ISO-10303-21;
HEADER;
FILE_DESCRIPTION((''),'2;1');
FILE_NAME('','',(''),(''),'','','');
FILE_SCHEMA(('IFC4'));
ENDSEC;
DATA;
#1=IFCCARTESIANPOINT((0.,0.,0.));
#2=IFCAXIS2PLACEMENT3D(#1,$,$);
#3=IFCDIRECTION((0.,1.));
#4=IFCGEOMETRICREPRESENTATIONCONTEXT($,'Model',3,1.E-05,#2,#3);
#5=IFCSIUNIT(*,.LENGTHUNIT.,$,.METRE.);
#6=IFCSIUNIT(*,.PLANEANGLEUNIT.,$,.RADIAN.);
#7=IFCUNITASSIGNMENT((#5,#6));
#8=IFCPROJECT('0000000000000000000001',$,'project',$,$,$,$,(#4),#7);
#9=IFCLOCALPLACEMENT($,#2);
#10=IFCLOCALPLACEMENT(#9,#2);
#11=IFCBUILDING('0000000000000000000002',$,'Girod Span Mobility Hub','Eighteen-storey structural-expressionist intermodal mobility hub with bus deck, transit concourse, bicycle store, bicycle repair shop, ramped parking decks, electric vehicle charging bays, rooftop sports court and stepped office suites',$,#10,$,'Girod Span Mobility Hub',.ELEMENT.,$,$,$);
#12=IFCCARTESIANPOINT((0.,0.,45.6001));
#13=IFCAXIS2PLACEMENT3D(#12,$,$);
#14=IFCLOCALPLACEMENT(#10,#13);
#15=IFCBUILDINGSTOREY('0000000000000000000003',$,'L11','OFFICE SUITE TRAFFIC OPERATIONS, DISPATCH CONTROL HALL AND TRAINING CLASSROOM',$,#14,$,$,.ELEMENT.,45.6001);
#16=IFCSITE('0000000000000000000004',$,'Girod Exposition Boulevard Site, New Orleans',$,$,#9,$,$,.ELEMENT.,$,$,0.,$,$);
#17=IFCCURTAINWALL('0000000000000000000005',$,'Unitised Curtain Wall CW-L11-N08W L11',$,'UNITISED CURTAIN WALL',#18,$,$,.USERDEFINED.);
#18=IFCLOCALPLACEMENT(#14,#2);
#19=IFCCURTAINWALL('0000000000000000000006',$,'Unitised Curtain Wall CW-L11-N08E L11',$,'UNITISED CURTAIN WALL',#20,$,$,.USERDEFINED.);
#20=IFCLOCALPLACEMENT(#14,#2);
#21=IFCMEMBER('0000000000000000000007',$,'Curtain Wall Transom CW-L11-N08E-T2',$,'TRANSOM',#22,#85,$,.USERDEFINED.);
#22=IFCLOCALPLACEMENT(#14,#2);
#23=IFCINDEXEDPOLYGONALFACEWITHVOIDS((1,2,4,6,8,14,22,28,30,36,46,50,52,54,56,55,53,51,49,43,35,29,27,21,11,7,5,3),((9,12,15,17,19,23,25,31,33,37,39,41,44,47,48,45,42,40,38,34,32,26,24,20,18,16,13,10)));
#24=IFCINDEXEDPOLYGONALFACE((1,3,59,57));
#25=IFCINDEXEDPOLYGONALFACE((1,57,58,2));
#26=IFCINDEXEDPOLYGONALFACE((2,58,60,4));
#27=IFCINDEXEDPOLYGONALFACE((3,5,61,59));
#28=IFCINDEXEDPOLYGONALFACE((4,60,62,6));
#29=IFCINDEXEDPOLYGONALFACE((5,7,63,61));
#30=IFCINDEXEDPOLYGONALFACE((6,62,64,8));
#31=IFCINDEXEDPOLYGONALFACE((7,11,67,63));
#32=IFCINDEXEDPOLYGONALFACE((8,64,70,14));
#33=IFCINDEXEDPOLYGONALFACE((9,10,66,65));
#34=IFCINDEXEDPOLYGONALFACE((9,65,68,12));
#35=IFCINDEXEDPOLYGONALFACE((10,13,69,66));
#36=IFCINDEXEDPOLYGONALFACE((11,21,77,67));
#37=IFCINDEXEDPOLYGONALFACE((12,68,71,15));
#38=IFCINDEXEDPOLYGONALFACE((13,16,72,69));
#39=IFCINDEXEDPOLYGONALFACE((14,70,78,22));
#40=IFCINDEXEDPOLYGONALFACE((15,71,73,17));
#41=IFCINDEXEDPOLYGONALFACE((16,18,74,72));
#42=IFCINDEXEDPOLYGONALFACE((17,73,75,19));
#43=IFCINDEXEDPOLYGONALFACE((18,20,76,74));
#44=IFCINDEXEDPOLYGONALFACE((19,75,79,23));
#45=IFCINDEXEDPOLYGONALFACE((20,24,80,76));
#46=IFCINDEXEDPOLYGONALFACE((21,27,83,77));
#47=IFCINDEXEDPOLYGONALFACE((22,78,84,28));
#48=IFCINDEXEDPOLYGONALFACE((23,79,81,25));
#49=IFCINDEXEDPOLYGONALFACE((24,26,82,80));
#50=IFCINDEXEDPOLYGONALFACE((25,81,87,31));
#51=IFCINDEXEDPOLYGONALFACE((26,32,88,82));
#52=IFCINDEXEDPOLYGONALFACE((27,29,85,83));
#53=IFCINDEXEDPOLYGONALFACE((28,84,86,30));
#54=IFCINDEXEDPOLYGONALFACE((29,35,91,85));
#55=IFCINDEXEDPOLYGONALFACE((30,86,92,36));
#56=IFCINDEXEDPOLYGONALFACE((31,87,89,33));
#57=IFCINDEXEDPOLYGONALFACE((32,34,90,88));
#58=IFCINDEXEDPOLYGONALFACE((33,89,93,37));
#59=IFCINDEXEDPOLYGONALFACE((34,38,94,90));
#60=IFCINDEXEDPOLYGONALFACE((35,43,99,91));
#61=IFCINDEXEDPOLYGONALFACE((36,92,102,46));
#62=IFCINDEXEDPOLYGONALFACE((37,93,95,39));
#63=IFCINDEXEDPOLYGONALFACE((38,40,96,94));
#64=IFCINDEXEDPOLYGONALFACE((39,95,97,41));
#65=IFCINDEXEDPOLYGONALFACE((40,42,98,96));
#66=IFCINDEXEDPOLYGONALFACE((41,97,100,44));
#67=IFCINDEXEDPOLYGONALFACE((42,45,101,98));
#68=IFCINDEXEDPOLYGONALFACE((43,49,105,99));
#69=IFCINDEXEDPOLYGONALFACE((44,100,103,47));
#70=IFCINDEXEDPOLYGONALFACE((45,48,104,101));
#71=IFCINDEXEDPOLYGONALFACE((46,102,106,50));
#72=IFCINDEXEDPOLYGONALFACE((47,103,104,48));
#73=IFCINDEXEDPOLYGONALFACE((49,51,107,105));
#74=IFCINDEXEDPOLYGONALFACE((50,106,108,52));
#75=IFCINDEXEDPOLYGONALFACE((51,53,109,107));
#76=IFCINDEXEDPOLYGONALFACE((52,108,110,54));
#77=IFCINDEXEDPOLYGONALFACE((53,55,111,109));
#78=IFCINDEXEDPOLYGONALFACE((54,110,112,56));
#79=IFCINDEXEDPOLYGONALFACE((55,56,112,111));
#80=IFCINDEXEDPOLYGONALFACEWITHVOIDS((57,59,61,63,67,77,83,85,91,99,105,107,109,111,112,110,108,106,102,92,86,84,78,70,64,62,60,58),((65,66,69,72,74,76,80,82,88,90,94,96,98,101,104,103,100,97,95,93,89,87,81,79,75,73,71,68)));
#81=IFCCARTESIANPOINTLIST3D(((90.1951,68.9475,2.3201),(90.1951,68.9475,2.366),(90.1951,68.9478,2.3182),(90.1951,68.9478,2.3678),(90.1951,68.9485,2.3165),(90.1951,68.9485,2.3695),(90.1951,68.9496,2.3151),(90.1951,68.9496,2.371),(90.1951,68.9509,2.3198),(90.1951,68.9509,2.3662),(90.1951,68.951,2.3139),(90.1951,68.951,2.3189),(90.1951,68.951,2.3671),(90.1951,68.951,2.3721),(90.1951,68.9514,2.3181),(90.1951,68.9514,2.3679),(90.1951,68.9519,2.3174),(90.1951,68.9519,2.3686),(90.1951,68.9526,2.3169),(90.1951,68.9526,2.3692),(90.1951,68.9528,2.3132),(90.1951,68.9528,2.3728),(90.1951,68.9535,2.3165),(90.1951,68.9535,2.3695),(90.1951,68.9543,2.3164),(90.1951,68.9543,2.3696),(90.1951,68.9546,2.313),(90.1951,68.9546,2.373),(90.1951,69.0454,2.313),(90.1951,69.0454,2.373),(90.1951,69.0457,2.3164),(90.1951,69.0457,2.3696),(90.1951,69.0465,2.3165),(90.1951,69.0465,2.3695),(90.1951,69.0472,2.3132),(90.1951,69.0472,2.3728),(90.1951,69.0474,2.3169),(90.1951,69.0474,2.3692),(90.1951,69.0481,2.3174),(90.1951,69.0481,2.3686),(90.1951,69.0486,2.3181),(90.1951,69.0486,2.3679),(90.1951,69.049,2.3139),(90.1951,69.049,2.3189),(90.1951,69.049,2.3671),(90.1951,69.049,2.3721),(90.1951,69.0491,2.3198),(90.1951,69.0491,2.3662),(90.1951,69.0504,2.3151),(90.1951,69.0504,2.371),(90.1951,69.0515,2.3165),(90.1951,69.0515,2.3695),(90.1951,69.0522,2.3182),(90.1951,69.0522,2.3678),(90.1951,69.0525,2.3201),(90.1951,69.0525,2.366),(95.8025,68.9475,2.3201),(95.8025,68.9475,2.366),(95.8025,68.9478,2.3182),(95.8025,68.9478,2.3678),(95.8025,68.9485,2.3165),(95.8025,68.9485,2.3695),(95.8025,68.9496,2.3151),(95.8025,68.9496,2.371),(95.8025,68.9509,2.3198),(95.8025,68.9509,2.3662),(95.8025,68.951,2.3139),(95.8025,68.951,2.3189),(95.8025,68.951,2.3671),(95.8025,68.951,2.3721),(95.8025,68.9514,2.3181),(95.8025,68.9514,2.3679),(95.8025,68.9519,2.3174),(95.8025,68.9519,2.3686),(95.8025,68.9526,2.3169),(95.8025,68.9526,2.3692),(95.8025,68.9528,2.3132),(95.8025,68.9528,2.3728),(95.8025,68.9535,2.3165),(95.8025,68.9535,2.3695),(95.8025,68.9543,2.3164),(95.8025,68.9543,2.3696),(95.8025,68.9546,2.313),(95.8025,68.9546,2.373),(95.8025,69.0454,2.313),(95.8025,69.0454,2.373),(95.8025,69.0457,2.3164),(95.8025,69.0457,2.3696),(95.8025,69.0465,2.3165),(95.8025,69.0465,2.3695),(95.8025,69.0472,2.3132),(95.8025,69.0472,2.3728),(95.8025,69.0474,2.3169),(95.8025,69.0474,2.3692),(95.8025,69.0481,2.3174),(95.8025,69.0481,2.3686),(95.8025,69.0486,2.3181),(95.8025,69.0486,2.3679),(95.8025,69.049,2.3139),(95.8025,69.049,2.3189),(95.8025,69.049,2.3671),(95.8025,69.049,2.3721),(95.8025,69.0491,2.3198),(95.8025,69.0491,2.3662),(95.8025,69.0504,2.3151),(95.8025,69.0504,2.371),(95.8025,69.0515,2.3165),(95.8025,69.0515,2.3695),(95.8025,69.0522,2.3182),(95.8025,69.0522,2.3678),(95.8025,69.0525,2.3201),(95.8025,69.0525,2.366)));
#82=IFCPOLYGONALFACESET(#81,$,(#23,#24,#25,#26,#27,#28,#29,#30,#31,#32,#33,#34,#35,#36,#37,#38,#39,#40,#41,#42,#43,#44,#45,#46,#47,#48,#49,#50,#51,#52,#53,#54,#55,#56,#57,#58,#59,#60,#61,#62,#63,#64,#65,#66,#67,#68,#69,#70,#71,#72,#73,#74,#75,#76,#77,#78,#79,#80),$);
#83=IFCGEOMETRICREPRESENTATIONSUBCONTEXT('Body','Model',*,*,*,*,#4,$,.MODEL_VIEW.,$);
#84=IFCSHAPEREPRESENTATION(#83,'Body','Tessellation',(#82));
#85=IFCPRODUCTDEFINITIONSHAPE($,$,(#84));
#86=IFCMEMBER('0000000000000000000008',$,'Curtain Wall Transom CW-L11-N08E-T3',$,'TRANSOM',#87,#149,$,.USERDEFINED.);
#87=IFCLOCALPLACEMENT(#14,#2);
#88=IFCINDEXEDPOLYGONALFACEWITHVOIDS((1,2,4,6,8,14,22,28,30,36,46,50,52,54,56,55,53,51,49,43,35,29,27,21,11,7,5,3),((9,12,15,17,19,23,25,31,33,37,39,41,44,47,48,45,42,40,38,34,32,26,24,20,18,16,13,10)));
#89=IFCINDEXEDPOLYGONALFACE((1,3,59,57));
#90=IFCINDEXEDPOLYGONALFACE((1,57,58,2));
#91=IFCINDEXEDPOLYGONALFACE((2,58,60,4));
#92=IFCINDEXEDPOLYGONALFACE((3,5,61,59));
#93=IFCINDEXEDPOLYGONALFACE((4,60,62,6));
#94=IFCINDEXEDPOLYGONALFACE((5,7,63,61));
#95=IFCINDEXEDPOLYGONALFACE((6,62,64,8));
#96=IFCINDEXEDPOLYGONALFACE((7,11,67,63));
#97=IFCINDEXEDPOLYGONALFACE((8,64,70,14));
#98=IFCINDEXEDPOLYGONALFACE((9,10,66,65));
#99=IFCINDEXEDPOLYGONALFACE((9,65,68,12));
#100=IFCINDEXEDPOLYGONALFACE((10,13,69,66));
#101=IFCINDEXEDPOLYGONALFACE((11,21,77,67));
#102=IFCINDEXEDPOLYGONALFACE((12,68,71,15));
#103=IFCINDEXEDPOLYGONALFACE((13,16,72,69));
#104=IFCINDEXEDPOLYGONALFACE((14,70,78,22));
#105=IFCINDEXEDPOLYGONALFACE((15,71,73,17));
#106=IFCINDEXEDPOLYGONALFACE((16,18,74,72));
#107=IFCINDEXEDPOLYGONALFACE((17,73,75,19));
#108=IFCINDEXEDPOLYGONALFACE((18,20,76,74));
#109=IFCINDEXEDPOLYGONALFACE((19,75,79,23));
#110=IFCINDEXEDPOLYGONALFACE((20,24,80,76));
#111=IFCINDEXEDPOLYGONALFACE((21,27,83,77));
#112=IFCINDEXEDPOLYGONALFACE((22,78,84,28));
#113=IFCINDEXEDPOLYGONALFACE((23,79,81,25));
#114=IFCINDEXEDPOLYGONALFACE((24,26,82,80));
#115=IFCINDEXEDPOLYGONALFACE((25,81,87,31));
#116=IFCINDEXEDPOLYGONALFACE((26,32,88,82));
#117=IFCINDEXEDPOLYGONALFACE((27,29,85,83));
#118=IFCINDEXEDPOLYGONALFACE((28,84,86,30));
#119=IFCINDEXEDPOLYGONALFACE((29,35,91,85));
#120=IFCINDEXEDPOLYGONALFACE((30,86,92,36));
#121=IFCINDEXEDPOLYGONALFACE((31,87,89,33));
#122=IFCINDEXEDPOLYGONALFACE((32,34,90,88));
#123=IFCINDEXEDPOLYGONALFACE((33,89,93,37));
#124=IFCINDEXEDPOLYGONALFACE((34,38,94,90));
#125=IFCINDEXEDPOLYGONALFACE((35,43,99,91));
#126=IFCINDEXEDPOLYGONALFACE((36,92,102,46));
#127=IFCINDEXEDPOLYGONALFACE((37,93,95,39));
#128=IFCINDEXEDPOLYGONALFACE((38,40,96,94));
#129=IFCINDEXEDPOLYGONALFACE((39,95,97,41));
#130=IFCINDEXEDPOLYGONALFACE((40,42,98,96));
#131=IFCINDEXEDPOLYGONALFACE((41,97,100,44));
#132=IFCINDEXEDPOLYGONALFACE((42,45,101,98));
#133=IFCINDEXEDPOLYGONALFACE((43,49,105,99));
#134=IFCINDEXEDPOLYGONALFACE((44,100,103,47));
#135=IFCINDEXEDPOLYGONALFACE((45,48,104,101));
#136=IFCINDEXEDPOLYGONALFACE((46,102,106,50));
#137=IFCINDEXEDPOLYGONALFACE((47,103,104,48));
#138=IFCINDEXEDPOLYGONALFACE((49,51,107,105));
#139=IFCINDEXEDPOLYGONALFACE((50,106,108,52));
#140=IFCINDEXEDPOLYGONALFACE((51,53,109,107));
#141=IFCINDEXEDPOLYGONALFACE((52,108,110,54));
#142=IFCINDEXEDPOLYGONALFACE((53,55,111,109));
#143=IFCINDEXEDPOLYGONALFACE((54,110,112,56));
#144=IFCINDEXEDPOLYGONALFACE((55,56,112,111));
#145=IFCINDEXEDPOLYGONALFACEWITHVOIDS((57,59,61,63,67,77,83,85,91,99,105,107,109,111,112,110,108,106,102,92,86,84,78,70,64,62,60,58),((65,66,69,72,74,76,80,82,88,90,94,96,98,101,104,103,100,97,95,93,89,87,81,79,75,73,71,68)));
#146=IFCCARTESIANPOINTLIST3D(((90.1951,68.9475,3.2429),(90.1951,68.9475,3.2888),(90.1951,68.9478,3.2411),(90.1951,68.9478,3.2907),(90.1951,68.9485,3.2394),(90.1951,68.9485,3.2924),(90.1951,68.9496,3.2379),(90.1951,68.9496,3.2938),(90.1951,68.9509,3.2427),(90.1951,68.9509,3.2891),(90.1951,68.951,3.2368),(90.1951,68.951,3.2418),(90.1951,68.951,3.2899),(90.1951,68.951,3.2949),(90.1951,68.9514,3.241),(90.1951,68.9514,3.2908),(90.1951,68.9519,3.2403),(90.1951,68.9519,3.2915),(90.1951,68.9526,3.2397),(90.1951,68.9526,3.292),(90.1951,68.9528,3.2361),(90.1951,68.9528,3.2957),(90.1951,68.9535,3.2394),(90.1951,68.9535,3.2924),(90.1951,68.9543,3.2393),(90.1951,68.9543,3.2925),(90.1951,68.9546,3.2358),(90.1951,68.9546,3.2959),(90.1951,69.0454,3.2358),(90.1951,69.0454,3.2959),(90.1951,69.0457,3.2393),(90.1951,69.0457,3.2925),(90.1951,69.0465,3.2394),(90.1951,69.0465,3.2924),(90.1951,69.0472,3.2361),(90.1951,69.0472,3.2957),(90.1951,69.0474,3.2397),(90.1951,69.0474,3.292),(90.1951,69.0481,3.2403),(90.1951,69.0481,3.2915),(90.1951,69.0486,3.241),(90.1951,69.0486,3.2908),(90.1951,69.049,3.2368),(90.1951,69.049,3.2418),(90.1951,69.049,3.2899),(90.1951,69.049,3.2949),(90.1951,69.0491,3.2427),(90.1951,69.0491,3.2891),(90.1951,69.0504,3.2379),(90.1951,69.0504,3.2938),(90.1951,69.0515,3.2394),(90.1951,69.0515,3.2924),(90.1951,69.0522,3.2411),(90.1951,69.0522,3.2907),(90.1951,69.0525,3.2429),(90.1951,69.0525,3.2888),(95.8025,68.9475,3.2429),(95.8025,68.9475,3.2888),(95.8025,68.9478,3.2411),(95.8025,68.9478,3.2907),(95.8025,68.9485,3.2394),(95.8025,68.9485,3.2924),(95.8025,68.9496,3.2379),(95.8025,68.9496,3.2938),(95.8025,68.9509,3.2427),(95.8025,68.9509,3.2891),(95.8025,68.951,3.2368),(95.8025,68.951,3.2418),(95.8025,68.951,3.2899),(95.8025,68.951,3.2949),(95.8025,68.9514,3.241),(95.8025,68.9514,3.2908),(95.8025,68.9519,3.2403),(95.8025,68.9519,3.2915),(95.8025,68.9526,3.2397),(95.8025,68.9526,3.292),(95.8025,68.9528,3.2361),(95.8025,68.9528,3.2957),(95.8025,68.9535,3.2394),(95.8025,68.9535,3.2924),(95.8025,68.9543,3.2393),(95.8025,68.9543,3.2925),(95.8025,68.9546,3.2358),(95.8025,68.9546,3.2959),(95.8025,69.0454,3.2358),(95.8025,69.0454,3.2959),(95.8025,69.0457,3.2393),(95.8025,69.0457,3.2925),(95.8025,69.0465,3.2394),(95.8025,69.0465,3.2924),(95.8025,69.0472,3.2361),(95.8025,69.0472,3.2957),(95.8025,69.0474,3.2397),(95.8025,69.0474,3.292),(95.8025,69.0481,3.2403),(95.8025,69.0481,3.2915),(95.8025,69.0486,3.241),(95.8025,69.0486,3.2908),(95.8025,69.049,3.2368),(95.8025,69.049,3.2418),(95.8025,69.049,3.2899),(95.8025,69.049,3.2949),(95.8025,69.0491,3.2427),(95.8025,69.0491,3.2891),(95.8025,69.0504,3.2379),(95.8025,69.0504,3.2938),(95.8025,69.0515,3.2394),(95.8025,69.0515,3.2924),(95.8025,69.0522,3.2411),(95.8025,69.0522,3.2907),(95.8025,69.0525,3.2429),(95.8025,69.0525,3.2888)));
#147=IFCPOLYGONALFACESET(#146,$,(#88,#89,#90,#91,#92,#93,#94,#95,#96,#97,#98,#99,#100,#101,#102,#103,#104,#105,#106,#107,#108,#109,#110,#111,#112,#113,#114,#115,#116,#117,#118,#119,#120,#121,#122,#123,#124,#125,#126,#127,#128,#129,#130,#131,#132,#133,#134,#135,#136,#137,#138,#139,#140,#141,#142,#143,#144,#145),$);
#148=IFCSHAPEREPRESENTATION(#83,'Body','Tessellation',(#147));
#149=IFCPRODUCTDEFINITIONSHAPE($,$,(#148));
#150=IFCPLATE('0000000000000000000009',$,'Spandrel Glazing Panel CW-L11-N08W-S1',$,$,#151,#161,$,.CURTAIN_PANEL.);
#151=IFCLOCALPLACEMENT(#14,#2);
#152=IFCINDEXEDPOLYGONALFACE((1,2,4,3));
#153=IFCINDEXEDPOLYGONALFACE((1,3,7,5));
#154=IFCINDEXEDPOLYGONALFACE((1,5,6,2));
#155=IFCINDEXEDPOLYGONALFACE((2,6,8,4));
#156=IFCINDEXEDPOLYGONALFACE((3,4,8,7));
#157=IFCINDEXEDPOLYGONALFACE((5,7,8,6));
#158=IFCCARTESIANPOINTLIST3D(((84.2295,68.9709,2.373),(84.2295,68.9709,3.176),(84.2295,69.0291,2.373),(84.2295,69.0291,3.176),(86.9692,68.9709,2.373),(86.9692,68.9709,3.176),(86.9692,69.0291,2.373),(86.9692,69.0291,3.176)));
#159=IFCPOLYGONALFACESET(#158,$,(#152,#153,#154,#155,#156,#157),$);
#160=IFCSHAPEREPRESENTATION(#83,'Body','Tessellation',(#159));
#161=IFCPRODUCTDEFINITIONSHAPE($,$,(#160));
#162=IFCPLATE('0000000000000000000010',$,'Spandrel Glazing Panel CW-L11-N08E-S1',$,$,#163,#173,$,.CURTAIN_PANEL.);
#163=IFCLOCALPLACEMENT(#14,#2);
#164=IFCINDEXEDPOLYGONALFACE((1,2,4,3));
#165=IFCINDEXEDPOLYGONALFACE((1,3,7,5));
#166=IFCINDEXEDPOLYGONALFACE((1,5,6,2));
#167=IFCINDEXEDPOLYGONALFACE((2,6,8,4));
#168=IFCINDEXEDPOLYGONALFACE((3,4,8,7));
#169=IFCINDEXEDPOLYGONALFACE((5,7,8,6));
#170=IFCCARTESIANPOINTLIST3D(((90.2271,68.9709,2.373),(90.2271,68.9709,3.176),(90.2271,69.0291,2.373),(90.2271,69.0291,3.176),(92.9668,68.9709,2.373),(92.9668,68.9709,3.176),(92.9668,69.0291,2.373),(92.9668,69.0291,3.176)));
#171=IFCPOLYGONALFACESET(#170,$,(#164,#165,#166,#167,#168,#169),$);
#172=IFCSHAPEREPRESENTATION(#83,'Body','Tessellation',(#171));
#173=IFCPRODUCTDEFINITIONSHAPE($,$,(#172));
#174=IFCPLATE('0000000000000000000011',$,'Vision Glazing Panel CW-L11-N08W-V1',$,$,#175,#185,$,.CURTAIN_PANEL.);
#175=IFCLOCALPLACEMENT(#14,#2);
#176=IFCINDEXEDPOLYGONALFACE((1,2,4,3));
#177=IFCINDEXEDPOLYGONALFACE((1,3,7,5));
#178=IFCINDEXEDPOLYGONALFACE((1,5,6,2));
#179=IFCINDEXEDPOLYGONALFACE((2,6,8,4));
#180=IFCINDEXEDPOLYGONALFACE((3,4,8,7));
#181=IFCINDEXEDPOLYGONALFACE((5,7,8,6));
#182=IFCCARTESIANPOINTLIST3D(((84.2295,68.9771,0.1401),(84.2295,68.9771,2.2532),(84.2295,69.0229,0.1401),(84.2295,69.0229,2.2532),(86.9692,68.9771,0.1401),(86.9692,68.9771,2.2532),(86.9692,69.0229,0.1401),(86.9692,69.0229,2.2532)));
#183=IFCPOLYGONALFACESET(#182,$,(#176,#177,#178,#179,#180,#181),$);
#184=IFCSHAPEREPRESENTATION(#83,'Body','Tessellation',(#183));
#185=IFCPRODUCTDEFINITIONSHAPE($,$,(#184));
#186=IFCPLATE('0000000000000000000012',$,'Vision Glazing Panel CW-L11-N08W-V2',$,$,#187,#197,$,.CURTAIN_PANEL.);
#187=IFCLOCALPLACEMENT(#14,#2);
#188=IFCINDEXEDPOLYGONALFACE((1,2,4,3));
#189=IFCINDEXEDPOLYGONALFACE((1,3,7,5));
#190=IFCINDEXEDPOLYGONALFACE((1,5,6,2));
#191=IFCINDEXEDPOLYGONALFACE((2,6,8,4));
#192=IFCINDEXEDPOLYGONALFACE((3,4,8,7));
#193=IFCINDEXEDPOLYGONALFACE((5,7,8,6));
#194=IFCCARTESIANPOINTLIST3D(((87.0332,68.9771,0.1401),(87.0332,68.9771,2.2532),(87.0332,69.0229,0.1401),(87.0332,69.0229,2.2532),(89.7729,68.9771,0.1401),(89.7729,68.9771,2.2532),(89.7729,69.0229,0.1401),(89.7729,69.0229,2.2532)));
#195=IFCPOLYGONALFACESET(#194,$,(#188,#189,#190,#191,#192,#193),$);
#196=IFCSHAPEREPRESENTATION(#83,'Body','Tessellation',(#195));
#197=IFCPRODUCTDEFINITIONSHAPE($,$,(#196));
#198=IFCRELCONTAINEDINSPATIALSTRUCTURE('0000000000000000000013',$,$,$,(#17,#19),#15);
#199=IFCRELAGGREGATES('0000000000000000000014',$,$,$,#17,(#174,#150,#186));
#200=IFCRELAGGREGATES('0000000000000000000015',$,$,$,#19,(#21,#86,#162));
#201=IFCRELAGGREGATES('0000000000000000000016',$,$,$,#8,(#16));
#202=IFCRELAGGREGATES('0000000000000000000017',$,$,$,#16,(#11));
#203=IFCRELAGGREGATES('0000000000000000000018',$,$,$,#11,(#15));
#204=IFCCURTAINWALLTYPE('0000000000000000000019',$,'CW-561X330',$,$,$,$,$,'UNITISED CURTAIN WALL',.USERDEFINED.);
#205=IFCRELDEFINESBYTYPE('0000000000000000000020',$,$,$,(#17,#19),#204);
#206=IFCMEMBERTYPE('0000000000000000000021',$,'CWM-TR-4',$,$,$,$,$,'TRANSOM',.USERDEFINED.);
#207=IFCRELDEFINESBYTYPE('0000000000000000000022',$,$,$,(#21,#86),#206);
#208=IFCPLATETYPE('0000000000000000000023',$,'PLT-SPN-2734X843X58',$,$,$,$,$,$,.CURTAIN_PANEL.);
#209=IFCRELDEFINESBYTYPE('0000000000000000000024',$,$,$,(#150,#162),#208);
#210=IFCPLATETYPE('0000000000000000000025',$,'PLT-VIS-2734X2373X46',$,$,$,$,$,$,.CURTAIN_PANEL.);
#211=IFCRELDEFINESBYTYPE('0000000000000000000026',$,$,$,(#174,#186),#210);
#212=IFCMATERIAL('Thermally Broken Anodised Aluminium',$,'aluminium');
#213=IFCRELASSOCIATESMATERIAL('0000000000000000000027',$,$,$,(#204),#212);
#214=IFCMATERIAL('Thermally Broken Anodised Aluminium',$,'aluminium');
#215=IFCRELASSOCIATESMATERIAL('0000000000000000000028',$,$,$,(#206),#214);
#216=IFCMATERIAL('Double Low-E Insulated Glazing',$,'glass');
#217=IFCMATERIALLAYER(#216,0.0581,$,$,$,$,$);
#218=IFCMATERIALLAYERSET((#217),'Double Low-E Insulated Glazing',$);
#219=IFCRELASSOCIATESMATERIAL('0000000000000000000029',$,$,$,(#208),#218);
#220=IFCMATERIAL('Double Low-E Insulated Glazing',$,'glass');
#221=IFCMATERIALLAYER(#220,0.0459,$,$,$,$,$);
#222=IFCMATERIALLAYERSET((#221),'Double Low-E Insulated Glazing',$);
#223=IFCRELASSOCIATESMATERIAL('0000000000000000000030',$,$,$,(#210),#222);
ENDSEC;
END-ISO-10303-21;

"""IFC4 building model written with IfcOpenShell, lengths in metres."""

from ifc_helpers import new_model, si_unit, direction, frame, origin, origin_2d, place, context, subcontext, project, spatial, rectangle, hollow_rectangle, extrude, material, layer, layer_set, material_profile, profile_set, type_object, element, aggregate, save


model = new_model("IFC4")

# Units and contexts
model_context = context("Model", 3, precision=1e-05, world=origin(), true_north=direction((0.0, 1.0)))
body_context = subcontext(model_context, "Body", "Model", "MODEL_VIEW")
ifc_project = project(units=[si_unit("LENGTHUNIT", "METRE"), si_unit("PLANEANGLEUNIT", "RADIAN")], contexts=[model_context])

# Site, building, storey
site_placement = place(None, origin())
site = spatial("IfcSite", under=ifc_project, at=site_placement, Name="Girod Exposition Boulevard Site, New Orleans", CompositionType="ELEMENT", RefElevation=0.0)
building_placement = place(site_placement, origin())
building = spatial("IfcBuilding", under=site, at=building_placement, Name="Girod Span Mobility Hub", Description="Eighteen-storey structural-expressionist intermodal mobility hub with bus deck, transit concourse, bicycle store, bicycle repair shop, ramped parking decks, electric vehicle charging bays, rooftop sports court and stepped office suites", LongName="Girod Span Mobility Hub", CompositionType="ELEMENT")
storey_placement = place(building_placement, frame((0.0, 0.0, 45.6001)))
storey = spatial("IfcBuildingStorey", under=building, at=storey_placement, Name="L11", Description="OFFICE SUITE TRAFFIC OPERATIONS, DISPATCH CONTROL HALL AND TRAINING CLASSROOM", CompositionType="ELEMENT", Elevation=45.6001)

# Curtain walls
ifc_material_1 = material(Name="Thermally Broken Anodised Aluminium", Category="aluminium")
curtain_wall_type = type_object("IfcCurtainWallType", Name="CW-561X330", ElementType="UNITISED CURTAIN WALL", PredefinedType="USERDEFINED", material=ifc_material_1)
curtain_wall_1_placement = place(storey_placement, origin())
curtain_wall_1 = element("IfcCurtainWall", 1, at=curtain_wall_1_placement, inside=storey, type_object=curtain_wall_type, Name="Unitised Curtain Wall CW-L11-N08W L11", ObjectType="UNITISED CURTAIN WALL", PredefinedType="USERDEFINED")
curtain_wall_2_placement = place(storey_placement, origin())
curtain_wall_2 = element("IfcCurtainWall", 2, at=curtain_wall_2_placement, inside=storey, type_object=curtain_wall_type, Name="Unitised Curtain Wall CW-L11-N08E L11", ObjectType="UNITISED CURTAIN WALL", PredefinedType="USERDEFINED")

# Members
ifc_material_2 = material(Name="Thermally Broken Anodised Aluminium", Category="aluminium")
ifc_material_profile_1 = material_profile(ifc_material_2, hollow_rectangle(XDim=0.105, YDim=0.0601, WallThickness=0.0034, InnerFilletRadius=0.0034, OuterFilletRadius=0.0071, at=origin_2d()), Name="CW-TR-60X105")
ifc_profile_set_1 = profile_set([ifc_material_profile_1], Name="Thermally Broken Anodised Aluminium")
member_type_1 = type_object("IfcMemberType", Name="CWM-TR-4", ElementType="TRANSOM", PredefinedType="USERDEFINED", material=ifc_profile_set_1)
member_1_placement = place(storey_placement, frame((90.1951, 69.0, 2.343), z_axis=(1.0, 0.0, 0.0), x_axis=(0.0, 1.0, 0.0)))
member_1 = element("IfcMember", 3, at=member_1_placement, type_object=member_type_1, Name="Curtain Wall Transom CW-L11-N08E-T2", ObjectType="TRANSOM", PredefinedType="USERDEFINED", context=body_context, shape_type="SweptSolid", body=[
    extrude(hollow_rectangle(XDim=0.105, YDim=0.0601, WallThickness=0.0034, InnerFilletRadius=0.0034, OuterFilletRadius=0.0071, at=origin_2d()), origin(), (0.0, 0.0, 1.0), 5.6074),
])
member_2_placement = place(storey_placement, frame((90.1951, 69.0, 3.2659), z_axis=(1.0, 0.0, 0.0), x_axis=(0.0, 1.0, 0.0)))
member_2 = element("IfcMember", 4, at=member_2_placement, type_object=member_type_1, Name="Curtain Wall Transom CW-L11-N08E-T3", ObjectType="TRANSOM", PredefinedType="USERDEFINED", context=body_context, shape_type="SweptSolid", body=[
    extrude(hollow_rectangle(XDim=0.105, YDim=0.0601, WallThickness=0.0034, InnerFilletRadius=0.0034, OuterFilletRadius=0.0071, at=origin_2d()), origin(), (0.0, 0.0, 1.0), 5.6074),
])

# Plates
ifc_material_3 = material(Name="Double Low-E Insulated Glazing", Category="glass")
ifc_layer_1 = layer(ifc_material_3, 0.0581)
ifc_layer_set_1 = layer_set([ifc_layer_1], Name="Double Low-E Insulated Glazing")
plate_type_1 = type_object("IfcPlateType", Name="PLT-SPN-2734X843X58", PredefinedType="CURTAIN_PANEL", material=ifc_layer_set_1)
plate_1_placement = place(storey_placement, frame((85.5994, 69.0, 2.373), z_axis=(0.0, 0.0, 1.0), x_axis=(1.0, 0.0, 0.0)))
plate_1 = element("IfcPlate", 5, at=plate_1_placement, type_object=plate_type_1, Name="Spandrel Glazing Panel CW-L11-N08W-S1", PredefinedType="CURTAIN_PANEL", context=body_context, shape_type="SweptSolid", body=[
    extrude(rectangle(XDim=2.7397, YDim=0.0581, at=origin_2d()), origin(), (0.0, 0.0, 1.0), 0.803),
])
plate_2_placement = place(storey_placement, frame((91.5969, 69.0, 2.373), z_axis=(0.0, 0.0, 1.0), x_axis=(1.0, 0.0, 0.0)))
plate_2 = element("IfcPlate", 6, at=plate_2_placement, type_object=plate_type_1, Name="Spandrel Glazing Panel CW-L11-N08E-S1", PredefinedType="CURTAIN_PANEL", context=body_context, shape_type="SweptSolid", body=[
    extrude(rectangle(XDim=2.7397, YDim=0.0581, at=origin_2d()), origin(), (0.0, 0.0, 1.0), 0.803),
])
ifc_material_4 = material(Name="Double Low-E Insulated Glazing", Category="glass")
ifc_layer_2 = layer(ifc_material_4, 0.0459)
ifc_layer_set_2 = layer_set([ifc_layer_2], Name="Double Low-E Insulated Glazing")
plate_type_2 = type_object("IfcPlateType", Name="PLT-VIS-2734X2373X46", PredefinedType="CURTAIN_PANEL", material=ifc_layer_set_2)
plate_3_placement = place(storey_placement, frame((85.5994, 69.0, 0.1401), z_axis=(0.0, 0.0, 1.0), x_axis=(1.0, 0.0, 0.0)))
plate_3 = element("IfcPlate", 7, at=plate_3_placement, type_object=plate_type_2, Name="Vision Glazing Panel CW-L11-N08W-V1", PredefinedType="CURTAIN_PANEL", context=body_context, shape_type="SweptSolid", body=[
    extrude(rectangle(XDim=2.7397, YDim=0.0459, at=origin_2d()), origin(), (0.0, 0.0, 1.0), 2.113),
])
plate_4_placement = place(storey_placement, frame((88.4031, 69.0, 0.1401), z_axis=(0.0, 0.0, 1.0), x_axis=(1.0, 0.0, 0.0)))
plate_4 = element("IfcPlate", 8, at=plate_4_placement, type_object=plate_type_2, Name="Vision Glazing Panel CW-L11-N08W-V2", PredefinedType="CURTAIN_PANEL", context=body_context, shape_type="SweptSolid", body=[
    extrude(rectangle(XDim=2.7397, YDim=0.0459, at=origin_2d()), origin(), (0.0, 0.0, 1.0), 2.113),
])
aggregate(curtain_wall_1, [plate_3, plate_1, plate_4])
aggregate(curtain_wall_2, [member_1, member_2, plate_2])

save(model, "model.ifc")
